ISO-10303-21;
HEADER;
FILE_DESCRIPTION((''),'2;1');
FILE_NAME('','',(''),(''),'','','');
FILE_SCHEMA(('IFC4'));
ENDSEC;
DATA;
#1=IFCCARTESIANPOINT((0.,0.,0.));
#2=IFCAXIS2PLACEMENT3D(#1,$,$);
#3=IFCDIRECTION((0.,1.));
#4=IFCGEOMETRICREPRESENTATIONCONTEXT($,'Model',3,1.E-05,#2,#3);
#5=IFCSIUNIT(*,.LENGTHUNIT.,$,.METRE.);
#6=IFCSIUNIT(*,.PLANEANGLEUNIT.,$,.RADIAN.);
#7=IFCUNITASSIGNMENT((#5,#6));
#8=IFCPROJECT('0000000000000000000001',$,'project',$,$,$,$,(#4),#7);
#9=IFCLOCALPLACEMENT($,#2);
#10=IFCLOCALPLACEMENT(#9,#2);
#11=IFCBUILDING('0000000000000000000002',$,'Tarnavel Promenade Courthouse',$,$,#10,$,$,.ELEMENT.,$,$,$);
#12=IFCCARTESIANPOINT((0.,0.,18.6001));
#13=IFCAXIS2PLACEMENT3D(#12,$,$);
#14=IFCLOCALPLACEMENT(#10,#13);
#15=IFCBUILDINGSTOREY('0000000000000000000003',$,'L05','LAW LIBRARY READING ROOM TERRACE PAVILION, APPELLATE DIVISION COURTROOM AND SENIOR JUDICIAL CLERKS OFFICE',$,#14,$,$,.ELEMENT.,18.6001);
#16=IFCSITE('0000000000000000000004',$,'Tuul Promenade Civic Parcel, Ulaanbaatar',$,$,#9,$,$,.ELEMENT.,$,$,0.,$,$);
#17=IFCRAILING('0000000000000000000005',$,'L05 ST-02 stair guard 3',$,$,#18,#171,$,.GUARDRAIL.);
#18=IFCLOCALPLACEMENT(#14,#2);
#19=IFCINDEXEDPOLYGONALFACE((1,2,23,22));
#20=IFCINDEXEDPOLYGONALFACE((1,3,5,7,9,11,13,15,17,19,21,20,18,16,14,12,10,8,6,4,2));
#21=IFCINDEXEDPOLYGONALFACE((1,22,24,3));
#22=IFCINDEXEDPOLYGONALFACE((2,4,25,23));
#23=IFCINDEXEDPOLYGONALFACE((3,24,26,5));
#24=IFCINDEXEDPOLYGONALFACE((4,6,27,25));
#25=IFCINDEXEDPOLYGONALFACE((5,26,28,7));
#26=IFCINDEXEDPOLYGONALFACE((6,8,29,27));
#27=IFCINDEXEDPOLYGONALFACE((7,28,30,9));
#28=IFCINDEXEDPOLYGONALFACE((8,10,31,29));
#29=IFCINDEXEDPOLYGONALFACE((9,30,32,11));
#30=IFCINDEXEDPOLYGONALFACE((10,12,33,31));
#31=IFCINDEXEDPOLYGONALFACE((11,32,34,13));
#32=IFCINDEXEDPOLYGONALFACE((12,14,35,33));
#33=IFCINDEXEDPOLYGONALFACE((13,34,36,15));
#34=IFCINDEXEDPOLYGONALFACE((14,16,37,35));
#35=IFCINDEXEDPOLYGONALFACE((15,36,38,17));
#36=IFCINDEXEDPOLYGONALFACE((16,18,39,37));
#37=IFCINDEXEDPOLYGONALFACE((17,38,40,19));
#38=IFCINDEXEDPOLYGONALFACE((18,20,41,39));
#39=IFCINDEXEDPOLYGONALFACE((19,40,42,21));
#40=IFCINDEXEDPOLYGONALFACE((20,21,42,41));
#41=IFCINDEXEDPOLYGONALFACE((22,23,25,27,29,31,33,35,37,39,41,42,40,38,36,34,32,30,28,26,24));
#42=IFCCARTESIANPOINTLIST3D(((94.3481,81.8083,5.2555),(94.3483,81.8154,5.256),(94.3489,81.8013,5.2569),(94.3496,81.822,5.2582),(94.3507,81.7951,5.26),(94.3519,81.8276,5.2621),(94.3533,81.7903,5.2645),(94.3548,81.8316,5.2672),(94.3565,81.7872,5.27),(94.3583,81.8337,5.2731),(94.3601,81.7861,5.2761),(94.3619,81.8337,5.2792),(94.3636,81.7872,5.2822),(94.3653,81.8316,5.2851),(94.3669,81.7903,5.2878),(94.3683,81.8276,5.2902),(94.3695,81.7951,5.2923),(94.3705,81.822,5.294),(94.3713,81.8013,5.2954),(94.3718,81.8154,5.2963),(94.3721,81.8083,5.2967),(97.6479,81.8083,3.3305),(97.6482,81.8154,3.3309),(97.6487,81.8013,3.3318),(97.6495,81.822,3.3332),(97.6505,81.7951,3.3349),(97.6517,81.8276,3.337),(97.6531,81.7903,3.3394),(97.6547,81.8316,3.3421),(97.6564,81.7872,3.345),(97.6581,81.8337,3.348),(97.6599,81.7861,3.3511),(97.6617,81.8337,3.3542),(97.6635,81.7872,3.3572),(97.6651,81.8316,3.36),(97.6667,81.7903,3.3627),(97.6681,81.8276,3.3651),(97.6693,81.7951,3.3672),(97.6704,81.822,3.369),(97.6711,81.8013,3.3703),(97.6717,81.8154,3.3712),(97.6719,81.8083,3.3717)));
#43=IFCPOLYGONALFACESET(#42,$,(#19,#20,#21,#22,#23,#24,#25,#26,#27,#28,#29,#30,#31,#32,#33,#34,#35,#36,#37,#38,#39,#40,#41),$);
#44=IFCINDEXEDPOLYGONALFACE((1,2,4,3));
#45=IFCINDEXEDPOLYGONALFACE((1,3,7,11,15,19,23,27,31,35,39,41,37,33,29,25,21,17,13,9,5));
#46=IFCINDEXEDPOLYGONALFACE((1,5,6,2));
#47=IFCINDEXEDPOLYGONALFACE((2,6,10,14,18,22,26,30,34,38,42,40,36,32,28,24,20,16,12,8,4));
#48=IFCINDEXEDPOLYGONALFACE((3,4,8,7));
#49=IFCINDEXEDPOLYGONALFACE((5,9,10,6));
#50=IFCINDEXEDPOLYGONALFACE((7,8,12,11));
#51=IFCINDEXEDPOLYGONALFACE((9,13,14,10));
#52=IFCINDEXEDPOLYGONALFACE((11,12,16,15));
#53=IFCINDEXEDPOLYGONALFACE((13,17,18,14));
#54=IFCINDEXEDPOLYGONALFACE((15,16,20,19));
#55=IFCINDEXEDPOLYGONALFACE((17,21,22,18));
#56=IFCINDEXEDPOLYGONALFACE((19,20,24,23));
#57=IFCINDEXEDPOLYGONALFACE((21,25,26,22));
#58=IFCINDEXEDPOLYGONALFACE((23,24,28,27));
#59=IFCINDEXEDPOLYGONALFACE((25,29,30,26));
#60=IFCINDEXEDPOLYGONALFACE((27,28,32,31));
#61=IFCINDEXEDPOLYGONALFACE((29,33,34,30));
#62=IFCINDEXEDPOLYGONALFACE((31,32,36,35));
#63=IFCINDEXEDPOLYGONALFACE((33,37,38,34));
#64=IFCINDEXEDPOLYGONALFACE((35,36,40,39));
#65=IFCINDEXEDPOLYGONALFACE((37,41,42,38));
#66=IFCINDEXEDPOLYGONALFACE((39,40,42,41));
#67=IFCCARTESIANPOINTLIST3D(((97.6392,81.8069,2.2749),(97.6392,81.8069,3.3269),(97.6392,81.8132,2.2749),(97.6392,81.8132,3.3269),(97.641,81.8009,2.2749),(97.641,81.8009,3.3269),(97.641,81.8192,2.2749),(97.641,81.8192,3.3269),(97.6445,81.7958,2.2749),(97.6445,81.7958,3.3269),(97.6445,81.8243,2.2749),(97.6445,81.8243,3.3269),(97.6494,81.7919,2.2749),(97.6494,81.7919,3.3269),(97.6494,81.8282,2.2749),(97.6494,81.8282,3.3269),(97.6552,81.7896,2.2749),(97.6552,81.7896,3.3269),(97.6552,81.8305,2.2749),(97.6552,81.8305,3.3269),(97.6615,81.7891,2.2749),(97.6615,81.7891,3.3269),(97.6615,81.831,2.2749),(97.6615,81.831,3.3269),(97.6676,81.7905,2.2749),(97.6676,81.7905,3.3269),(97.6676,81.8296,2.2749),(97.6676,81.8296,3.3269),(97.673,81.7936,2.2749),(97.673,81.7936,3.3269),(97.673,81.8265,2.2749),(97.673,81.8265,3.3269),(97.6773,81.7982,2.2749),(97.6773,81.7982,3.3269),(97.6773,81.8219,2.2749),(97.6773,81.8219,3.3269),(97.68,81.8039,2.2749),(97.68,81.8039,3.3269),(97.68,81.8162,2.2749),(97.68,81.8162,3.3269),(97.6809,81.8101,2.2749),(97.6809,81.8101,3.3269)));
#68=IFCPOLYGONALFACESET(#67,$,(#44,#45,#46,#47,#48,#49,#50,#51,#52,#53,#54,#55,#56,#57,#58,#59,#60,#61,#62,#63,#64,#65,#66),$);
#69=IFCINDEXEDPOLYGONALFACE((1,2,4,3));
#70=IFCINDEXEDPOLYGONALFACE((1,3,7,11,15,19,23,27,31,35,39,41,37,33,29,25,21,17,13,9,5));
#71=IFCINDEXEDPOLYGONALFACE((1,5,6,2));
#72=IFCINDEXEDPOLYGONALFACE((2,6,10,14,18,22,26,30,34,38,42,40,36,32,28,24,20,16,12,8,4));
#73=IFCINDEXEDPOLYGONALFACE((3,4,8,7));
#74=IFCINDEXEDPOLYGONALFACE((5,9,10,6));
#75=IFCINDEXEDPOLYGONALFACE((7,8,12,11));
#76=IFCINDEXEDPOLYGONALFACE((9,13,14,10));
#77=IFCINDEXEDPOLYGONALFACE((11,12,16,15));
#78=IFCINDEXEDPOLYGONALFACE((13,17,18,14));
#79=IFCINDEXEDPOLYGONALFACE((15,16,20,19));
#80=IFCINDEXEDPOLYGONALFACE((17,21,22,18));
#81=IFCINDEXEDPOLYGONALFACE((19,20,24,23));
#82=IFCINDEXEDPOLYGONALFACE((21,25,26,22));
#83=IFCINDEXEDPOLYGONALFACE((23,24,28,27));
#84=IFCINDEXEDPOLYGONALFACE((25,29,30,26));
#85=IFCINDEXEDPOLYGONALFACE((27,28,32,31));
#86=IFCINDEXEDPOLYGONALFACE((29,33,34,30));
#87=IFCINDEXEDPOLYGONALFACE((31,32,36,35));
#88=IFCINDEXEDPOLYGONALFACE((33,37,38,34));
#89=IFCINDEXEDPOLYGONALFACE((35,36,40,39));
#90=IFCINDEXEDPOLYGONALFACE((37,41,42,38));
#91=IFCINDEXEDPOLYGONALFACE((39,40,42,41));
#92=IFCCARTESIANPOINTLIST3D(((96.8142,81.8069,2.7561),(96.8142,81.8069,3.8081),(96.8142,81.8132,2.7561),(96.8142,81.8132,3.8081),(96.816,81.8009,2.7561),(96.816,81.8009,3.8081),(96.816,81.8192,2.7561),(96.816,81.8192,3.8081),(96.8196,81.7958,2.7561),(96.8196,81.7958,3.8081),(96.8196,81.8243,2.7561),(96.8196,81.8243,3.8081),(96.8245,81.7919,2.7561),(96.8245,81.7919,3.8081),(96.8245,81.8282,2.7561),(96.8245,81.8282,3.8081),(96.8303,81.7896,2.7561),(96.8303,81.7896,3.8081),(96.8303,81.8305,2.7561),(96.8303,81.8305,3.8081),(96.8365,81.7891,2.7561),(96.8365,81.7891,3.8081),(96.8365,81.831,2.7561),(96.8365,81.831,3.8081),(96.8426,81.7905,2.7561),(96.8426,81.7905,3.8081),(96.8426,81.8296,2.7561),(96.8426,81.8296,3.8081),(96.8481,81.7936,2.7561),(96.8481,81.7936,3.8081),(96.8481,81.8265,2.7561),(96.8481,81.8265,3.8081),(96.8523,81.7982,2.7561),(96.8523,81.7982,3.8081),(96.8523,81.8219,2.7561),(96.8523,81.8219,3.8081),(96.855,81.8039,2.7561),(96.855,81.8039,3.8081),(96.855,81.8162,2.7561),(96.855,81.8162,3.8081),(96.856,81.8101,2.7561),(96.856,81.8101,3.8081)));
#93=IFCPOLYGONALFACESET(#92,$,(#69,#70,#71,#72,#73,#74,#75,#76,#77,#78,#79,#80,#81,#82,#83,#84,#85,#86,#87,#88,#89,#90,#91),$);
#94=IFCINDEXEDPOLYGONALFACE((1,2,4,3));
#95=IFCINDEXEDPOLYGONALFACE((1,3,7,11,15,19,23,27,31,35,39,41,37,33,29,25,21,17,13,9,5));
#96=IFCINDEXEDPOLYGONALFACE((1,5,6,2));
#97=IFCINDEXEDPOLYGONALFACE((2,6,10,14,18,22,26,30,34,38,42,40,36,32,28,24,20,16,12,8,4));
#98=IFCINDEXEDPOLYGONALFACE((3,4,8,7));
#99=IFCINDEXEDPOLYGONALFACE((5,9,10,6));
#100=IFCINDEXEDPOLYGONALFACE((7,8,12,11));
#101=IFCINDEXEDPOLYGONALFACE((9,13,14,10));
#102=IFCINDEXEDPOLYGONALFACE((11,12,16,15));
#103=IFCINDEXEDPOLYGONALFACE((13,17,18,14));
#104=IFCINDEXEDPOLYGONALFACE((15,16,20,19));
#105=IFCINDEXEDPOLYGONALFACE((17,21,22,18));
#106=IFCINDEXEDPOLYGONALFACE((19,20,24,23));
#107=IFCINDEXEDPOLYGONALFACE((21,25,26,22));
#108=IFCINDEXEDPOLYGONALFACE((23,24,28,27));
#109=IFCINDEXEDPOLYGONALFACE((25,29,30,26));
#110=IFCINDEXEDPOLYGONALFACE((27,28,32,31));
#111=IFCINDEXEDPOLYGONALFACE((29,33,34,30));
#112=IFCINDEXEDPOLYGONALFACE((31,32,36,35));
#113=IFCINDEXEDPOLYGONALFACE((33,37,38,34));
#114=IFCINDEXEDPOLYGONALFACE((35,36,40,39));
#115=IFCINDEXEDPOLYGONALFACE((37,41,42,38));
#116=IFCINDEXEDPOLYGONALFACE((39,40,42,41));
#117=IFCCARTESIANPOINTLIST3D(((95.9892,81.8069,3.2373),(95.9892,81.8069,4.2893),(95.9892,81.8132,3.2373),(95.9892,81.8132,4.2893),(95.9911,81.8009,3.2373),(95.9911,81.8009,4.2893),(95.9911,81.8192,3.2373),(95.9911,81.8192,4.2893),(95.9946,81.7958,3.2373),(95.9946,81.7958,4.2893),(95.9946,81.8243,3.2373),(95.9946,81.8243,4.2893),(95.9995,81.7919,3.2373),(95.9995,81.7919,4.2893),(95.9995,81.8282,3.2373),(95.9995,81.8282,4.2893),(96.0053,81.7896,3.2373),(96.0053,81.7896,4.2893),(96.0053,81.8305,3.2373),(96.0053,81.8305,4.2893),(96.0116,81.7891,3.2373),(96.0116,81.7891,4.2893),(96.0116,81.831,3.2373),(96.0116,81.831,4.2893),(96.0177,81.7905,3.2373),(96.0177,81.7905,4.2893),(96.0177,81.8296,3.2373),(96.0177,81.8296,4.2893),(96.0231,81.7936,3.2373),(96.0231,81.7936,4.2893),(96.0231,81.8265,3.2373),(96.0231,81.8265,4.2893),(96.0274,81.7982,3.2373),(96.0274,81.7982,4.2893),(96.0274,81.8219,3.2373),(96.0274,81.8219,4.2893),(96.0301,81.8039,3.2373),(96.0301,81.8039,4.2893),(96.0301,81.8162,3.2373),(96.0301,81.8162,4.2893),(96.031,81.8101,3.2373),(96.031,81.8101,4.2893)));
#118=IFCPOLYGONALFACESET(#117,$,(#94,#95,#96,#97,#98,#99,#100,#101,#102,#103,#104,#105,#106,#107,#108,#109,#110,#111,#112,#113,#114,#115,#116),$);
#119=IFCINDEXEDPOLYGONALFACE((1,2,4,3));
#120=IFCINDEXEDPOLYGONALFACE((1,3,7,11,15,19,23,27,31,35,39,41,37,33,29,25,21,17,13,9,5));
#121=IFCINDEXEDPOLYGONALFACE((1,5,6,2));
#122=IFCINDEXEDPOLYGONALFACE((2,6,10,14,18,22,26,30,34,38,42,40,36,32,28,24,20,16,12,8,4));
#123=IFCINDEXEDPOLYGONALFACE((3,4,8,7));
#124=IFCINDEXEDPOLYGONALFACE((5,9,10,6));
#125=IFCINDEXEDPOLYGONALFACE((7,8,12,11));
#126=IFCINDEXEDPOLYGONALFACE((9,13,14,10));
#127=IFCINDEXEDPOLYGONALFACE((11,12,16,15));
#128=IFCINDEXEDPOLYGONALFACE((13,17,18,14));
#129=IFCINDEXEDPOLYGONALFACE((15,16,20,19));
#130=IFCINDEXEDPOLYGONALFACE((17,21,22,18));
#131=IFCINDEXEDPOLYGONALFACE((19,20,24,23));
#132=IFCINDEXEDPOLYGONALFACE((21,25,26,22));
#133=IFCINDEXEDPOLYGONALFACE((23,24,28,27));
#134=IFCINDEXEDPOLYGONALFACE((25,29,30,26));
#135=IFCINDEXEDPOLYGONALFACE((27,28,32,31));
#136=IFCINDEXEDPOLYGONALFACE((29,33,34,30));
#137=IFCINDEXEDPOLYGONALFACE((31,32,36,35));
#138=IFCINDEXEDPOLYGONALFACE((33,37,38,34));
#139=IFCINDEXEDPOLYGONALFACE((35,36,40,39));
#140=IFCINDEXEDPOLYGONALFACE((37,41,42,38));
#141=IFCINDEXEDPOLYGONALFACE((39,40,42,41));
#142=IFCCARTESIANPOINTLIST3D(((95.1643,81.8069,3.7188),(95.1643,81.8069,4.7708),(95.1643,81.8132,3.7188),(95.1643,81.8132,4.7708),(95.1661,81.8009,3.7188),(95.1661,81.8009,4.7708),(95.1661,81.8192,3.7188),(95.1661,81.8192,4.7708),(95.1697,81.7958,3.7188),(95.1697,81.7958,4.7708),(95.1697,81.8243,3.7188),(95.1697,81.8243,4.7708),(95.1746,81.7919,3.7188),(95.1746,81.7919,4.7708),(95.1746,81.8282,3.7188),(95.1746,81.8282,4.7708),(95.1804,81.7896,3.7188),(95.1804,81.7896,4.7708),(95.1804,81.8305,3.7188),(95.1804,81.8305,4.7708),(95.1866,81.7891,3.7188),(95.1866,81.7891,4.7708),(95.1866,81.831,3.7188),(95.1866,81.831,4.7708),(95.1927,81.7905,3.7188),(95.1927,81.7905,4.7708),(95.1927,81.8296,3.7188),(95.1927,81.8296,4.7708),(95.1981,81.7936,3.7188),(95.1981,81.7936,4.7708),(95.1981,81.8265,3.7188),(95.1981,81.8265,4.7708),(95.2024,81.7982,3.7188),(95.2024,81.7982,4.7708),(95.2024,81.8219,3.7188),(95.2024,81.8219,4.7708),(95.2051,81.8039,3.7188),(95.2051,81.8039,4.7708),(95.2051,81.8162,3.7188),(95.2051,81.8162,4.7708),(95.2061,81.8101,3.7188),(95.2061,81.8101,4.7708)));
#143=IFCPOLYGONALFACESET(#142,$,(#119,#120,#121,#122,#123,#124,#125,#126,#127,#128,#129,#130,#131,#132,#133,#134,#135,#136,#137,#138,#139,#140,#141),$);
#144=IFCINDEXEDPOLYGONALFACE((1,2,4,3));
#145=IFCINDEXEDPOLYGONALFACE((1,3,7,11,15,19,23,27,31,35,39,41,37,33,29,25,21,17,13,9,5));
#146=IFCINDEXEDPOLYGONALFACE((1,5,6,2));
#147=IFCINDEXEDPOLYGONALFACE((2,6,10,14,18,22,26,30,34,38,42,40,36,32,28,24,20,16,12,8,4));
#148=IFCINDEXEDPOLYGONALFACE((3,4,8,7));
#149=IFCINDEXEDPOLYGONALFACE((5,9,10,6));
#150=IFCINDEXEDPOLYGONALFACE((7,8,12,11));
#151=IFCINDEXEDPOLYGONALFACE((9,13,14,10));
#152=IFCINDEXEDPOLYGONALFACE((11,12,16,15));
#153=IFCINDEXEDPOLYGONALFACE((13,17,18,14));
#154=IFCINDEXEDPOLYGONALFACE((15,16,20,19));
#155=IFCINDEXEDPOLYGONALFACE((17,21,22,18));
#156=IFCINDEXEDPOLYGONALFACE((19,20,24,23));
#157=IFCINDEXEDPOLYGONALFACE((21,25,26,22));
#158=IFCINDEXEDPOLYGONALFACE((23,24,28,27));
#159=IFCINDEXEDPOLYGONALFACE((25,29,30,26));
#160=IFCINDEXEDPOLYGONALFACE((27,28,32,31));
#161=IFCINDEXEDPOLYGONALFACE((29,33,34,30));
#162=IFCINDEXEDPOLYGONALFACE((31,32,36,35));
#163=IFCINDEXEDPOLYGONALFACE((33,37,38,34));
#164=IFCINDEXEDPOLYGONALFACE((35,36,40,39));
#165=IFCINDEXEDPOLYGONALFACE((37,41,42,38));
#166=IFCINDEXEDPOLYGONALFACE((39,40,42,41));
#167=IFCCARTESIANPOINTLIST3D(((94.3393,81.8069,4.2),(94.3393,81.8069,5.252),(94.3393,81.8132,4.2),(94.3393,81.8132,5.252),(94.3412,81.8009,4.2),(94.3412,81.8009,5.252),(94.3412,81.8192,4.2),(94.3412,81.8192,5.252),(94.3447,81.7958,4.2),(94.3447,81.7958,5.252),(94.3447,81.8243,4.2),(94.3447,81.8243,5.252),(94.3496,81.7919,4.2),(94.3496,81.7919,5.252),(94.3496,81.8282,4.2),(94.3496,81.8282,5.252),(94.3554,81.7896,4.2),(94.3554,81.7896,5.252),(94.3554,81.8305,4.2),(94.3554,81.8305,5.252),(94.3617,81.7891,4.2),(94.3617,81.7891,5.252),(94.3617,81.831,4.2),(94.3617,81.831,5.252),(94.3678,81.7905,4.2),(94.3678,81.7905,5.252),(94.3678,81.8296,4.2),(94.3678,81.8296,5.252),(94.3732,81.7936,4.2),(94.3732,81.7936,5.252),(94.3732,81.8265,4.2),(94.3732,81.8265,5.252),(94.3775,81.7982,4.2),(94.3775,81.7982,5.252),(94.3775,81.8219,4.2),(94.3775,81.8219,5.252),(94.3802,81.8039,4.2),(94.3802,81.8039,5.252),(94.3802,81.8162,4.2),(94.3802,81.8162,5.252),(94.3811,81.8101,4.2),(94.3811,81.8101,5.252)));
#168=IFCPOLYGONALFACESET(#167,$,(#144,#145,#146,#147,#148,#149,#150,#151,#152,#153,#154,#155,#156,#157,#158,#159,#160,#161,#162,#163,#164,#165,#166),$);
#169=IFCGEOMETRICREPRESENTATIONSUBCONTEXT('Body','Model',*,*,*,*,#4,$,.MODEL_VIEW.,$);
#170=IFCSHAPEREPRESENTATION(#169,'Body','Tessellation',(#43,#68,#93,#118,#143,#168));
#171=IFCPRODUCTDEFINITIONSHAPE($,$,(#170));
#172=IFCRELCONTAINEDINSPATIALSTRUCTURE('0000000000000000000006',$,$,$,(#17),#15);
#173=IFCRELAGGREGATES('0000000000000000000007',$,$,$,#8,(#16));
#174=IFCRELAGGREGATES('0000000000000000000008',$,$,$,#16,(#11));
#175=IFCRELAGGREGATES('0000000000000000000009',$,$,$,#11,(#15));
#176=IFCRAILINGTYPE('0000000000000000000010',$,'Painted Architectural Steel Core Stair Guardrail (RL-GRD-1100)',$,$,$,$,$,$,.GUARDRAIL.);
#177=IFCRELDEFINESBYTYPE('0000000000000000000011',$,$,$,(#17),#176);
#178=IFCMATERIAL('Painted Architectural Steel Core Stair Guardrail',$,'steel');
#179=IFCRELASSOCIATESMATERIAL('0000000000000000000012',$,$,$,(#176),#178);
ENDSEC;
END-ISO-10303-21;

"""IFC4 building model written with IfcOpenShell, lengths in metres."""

from ifc_helpers import new_model, si_unit, direction, frame, origin, origin_2d, place, context, subcontext, project, spatial, circle, extrude, material, type_object, element, save


model = new_model("IFC4")

# Units and contexts
model_context = context("Model", 3, precision=1e-05, world=origin(), true_north=direction((0.0, 1.0)))
body_context = subcontext(model_context, "Body", "Model", "MODEL_VIEW")
ifc_project = project(units=[si_unit("LENGTHUNIT", "METRE"), si_unit("PLANEANGLEUNIT", "RADIAN")], contexts=[model_context])

# Site, building, storey
site_placement = place(None, origin())
site = spatial("IfcSite", under=ifc_project, at=site_placement, Name="Tuul Promenade Civic Parcel, Ulaanbaatar", CompositionType="ELEMENT", RefElevation=0.0)
building_placement = place(site_placement, origin())
building = spatial("IfcBuilding", under=site, at=building_placement, Name="Tarnavel Promenade Courthouse", CompositionType="ELEMENT")
storey_placement = place(building_placement, frame((0.0, 0.0, 18.6001)))
storey = spatial("IfcBuildingStorey", under=building, at=storey_placement, Name="L05", Description="LAW LIBRARY READING ROOM TERRACE PAVILION, APPELLATE DIVISION COURTROOM AND SENIOR JUDICIAL CLERKS OFFICE", CompositionType="ELEMENT", Elevation=18.6001)

# Railing
ifc_material_1 = material(Name="Painted Architectural Steel Core Stair Guardrail", Category="steel")
railing_type_1 = type_object("IfcRailingType", Name="Painted Architectural Steel Core Stair Guardrail (RL-GRD-1100)", PredefinedType="GUARDRAIL", material=ifc_material_1)
railing_1_placement = place(storey_placement, frame((97.6599, 81.8101, 2.2749)))
element("IfcRailing", 1, at=railing_1_placement, inside=storey, type_object=railing_type_1, Name="L05 ST-02 stair guard 3", PredefinedType="GUARDRAIL", context=body_context, shape_type="SweptSolid", body=[
    extrude(circle(Radius=0.0239, at=origin_2d()), frame((0.0, 0.0, 1.0762), z_axis=(-0.86376, 0.0, 0.503903), x_axis=(0.0, -1.0, 0.0)), (0.0, 0.0, 1.0), 3.8203),
    extrude(circle(Radius=0.021, at=origin_2d()), origin(), (0.0, 0.0, 1.0), 1.052),
    extrude(circle(Radius=0.021, at=origin_2d()), frame((-0.825, 0.0, 0.4812)), (0.0, 0.0, 1.0), 1.052),
    extrude(circle(Radius=0.021, at=origin_2d()), frame((-1.6499, 0.0, 0.9624)), (0.0, 0.0, 1.0), 1.052),
    extrude(circle(Radius=0.021, at=origin_2d()), frame((-2.4749, 0.0, 1.4438)), (0.0, 0.0, 1.0), 1.052),
    extrude(circle(Radius=0.021, at=origin_2d()), frame((-3.2998, 0.0, 1.925)), (0.0, 0.0, 1.0), 1.052),
])

save(model, "model.ifc")
